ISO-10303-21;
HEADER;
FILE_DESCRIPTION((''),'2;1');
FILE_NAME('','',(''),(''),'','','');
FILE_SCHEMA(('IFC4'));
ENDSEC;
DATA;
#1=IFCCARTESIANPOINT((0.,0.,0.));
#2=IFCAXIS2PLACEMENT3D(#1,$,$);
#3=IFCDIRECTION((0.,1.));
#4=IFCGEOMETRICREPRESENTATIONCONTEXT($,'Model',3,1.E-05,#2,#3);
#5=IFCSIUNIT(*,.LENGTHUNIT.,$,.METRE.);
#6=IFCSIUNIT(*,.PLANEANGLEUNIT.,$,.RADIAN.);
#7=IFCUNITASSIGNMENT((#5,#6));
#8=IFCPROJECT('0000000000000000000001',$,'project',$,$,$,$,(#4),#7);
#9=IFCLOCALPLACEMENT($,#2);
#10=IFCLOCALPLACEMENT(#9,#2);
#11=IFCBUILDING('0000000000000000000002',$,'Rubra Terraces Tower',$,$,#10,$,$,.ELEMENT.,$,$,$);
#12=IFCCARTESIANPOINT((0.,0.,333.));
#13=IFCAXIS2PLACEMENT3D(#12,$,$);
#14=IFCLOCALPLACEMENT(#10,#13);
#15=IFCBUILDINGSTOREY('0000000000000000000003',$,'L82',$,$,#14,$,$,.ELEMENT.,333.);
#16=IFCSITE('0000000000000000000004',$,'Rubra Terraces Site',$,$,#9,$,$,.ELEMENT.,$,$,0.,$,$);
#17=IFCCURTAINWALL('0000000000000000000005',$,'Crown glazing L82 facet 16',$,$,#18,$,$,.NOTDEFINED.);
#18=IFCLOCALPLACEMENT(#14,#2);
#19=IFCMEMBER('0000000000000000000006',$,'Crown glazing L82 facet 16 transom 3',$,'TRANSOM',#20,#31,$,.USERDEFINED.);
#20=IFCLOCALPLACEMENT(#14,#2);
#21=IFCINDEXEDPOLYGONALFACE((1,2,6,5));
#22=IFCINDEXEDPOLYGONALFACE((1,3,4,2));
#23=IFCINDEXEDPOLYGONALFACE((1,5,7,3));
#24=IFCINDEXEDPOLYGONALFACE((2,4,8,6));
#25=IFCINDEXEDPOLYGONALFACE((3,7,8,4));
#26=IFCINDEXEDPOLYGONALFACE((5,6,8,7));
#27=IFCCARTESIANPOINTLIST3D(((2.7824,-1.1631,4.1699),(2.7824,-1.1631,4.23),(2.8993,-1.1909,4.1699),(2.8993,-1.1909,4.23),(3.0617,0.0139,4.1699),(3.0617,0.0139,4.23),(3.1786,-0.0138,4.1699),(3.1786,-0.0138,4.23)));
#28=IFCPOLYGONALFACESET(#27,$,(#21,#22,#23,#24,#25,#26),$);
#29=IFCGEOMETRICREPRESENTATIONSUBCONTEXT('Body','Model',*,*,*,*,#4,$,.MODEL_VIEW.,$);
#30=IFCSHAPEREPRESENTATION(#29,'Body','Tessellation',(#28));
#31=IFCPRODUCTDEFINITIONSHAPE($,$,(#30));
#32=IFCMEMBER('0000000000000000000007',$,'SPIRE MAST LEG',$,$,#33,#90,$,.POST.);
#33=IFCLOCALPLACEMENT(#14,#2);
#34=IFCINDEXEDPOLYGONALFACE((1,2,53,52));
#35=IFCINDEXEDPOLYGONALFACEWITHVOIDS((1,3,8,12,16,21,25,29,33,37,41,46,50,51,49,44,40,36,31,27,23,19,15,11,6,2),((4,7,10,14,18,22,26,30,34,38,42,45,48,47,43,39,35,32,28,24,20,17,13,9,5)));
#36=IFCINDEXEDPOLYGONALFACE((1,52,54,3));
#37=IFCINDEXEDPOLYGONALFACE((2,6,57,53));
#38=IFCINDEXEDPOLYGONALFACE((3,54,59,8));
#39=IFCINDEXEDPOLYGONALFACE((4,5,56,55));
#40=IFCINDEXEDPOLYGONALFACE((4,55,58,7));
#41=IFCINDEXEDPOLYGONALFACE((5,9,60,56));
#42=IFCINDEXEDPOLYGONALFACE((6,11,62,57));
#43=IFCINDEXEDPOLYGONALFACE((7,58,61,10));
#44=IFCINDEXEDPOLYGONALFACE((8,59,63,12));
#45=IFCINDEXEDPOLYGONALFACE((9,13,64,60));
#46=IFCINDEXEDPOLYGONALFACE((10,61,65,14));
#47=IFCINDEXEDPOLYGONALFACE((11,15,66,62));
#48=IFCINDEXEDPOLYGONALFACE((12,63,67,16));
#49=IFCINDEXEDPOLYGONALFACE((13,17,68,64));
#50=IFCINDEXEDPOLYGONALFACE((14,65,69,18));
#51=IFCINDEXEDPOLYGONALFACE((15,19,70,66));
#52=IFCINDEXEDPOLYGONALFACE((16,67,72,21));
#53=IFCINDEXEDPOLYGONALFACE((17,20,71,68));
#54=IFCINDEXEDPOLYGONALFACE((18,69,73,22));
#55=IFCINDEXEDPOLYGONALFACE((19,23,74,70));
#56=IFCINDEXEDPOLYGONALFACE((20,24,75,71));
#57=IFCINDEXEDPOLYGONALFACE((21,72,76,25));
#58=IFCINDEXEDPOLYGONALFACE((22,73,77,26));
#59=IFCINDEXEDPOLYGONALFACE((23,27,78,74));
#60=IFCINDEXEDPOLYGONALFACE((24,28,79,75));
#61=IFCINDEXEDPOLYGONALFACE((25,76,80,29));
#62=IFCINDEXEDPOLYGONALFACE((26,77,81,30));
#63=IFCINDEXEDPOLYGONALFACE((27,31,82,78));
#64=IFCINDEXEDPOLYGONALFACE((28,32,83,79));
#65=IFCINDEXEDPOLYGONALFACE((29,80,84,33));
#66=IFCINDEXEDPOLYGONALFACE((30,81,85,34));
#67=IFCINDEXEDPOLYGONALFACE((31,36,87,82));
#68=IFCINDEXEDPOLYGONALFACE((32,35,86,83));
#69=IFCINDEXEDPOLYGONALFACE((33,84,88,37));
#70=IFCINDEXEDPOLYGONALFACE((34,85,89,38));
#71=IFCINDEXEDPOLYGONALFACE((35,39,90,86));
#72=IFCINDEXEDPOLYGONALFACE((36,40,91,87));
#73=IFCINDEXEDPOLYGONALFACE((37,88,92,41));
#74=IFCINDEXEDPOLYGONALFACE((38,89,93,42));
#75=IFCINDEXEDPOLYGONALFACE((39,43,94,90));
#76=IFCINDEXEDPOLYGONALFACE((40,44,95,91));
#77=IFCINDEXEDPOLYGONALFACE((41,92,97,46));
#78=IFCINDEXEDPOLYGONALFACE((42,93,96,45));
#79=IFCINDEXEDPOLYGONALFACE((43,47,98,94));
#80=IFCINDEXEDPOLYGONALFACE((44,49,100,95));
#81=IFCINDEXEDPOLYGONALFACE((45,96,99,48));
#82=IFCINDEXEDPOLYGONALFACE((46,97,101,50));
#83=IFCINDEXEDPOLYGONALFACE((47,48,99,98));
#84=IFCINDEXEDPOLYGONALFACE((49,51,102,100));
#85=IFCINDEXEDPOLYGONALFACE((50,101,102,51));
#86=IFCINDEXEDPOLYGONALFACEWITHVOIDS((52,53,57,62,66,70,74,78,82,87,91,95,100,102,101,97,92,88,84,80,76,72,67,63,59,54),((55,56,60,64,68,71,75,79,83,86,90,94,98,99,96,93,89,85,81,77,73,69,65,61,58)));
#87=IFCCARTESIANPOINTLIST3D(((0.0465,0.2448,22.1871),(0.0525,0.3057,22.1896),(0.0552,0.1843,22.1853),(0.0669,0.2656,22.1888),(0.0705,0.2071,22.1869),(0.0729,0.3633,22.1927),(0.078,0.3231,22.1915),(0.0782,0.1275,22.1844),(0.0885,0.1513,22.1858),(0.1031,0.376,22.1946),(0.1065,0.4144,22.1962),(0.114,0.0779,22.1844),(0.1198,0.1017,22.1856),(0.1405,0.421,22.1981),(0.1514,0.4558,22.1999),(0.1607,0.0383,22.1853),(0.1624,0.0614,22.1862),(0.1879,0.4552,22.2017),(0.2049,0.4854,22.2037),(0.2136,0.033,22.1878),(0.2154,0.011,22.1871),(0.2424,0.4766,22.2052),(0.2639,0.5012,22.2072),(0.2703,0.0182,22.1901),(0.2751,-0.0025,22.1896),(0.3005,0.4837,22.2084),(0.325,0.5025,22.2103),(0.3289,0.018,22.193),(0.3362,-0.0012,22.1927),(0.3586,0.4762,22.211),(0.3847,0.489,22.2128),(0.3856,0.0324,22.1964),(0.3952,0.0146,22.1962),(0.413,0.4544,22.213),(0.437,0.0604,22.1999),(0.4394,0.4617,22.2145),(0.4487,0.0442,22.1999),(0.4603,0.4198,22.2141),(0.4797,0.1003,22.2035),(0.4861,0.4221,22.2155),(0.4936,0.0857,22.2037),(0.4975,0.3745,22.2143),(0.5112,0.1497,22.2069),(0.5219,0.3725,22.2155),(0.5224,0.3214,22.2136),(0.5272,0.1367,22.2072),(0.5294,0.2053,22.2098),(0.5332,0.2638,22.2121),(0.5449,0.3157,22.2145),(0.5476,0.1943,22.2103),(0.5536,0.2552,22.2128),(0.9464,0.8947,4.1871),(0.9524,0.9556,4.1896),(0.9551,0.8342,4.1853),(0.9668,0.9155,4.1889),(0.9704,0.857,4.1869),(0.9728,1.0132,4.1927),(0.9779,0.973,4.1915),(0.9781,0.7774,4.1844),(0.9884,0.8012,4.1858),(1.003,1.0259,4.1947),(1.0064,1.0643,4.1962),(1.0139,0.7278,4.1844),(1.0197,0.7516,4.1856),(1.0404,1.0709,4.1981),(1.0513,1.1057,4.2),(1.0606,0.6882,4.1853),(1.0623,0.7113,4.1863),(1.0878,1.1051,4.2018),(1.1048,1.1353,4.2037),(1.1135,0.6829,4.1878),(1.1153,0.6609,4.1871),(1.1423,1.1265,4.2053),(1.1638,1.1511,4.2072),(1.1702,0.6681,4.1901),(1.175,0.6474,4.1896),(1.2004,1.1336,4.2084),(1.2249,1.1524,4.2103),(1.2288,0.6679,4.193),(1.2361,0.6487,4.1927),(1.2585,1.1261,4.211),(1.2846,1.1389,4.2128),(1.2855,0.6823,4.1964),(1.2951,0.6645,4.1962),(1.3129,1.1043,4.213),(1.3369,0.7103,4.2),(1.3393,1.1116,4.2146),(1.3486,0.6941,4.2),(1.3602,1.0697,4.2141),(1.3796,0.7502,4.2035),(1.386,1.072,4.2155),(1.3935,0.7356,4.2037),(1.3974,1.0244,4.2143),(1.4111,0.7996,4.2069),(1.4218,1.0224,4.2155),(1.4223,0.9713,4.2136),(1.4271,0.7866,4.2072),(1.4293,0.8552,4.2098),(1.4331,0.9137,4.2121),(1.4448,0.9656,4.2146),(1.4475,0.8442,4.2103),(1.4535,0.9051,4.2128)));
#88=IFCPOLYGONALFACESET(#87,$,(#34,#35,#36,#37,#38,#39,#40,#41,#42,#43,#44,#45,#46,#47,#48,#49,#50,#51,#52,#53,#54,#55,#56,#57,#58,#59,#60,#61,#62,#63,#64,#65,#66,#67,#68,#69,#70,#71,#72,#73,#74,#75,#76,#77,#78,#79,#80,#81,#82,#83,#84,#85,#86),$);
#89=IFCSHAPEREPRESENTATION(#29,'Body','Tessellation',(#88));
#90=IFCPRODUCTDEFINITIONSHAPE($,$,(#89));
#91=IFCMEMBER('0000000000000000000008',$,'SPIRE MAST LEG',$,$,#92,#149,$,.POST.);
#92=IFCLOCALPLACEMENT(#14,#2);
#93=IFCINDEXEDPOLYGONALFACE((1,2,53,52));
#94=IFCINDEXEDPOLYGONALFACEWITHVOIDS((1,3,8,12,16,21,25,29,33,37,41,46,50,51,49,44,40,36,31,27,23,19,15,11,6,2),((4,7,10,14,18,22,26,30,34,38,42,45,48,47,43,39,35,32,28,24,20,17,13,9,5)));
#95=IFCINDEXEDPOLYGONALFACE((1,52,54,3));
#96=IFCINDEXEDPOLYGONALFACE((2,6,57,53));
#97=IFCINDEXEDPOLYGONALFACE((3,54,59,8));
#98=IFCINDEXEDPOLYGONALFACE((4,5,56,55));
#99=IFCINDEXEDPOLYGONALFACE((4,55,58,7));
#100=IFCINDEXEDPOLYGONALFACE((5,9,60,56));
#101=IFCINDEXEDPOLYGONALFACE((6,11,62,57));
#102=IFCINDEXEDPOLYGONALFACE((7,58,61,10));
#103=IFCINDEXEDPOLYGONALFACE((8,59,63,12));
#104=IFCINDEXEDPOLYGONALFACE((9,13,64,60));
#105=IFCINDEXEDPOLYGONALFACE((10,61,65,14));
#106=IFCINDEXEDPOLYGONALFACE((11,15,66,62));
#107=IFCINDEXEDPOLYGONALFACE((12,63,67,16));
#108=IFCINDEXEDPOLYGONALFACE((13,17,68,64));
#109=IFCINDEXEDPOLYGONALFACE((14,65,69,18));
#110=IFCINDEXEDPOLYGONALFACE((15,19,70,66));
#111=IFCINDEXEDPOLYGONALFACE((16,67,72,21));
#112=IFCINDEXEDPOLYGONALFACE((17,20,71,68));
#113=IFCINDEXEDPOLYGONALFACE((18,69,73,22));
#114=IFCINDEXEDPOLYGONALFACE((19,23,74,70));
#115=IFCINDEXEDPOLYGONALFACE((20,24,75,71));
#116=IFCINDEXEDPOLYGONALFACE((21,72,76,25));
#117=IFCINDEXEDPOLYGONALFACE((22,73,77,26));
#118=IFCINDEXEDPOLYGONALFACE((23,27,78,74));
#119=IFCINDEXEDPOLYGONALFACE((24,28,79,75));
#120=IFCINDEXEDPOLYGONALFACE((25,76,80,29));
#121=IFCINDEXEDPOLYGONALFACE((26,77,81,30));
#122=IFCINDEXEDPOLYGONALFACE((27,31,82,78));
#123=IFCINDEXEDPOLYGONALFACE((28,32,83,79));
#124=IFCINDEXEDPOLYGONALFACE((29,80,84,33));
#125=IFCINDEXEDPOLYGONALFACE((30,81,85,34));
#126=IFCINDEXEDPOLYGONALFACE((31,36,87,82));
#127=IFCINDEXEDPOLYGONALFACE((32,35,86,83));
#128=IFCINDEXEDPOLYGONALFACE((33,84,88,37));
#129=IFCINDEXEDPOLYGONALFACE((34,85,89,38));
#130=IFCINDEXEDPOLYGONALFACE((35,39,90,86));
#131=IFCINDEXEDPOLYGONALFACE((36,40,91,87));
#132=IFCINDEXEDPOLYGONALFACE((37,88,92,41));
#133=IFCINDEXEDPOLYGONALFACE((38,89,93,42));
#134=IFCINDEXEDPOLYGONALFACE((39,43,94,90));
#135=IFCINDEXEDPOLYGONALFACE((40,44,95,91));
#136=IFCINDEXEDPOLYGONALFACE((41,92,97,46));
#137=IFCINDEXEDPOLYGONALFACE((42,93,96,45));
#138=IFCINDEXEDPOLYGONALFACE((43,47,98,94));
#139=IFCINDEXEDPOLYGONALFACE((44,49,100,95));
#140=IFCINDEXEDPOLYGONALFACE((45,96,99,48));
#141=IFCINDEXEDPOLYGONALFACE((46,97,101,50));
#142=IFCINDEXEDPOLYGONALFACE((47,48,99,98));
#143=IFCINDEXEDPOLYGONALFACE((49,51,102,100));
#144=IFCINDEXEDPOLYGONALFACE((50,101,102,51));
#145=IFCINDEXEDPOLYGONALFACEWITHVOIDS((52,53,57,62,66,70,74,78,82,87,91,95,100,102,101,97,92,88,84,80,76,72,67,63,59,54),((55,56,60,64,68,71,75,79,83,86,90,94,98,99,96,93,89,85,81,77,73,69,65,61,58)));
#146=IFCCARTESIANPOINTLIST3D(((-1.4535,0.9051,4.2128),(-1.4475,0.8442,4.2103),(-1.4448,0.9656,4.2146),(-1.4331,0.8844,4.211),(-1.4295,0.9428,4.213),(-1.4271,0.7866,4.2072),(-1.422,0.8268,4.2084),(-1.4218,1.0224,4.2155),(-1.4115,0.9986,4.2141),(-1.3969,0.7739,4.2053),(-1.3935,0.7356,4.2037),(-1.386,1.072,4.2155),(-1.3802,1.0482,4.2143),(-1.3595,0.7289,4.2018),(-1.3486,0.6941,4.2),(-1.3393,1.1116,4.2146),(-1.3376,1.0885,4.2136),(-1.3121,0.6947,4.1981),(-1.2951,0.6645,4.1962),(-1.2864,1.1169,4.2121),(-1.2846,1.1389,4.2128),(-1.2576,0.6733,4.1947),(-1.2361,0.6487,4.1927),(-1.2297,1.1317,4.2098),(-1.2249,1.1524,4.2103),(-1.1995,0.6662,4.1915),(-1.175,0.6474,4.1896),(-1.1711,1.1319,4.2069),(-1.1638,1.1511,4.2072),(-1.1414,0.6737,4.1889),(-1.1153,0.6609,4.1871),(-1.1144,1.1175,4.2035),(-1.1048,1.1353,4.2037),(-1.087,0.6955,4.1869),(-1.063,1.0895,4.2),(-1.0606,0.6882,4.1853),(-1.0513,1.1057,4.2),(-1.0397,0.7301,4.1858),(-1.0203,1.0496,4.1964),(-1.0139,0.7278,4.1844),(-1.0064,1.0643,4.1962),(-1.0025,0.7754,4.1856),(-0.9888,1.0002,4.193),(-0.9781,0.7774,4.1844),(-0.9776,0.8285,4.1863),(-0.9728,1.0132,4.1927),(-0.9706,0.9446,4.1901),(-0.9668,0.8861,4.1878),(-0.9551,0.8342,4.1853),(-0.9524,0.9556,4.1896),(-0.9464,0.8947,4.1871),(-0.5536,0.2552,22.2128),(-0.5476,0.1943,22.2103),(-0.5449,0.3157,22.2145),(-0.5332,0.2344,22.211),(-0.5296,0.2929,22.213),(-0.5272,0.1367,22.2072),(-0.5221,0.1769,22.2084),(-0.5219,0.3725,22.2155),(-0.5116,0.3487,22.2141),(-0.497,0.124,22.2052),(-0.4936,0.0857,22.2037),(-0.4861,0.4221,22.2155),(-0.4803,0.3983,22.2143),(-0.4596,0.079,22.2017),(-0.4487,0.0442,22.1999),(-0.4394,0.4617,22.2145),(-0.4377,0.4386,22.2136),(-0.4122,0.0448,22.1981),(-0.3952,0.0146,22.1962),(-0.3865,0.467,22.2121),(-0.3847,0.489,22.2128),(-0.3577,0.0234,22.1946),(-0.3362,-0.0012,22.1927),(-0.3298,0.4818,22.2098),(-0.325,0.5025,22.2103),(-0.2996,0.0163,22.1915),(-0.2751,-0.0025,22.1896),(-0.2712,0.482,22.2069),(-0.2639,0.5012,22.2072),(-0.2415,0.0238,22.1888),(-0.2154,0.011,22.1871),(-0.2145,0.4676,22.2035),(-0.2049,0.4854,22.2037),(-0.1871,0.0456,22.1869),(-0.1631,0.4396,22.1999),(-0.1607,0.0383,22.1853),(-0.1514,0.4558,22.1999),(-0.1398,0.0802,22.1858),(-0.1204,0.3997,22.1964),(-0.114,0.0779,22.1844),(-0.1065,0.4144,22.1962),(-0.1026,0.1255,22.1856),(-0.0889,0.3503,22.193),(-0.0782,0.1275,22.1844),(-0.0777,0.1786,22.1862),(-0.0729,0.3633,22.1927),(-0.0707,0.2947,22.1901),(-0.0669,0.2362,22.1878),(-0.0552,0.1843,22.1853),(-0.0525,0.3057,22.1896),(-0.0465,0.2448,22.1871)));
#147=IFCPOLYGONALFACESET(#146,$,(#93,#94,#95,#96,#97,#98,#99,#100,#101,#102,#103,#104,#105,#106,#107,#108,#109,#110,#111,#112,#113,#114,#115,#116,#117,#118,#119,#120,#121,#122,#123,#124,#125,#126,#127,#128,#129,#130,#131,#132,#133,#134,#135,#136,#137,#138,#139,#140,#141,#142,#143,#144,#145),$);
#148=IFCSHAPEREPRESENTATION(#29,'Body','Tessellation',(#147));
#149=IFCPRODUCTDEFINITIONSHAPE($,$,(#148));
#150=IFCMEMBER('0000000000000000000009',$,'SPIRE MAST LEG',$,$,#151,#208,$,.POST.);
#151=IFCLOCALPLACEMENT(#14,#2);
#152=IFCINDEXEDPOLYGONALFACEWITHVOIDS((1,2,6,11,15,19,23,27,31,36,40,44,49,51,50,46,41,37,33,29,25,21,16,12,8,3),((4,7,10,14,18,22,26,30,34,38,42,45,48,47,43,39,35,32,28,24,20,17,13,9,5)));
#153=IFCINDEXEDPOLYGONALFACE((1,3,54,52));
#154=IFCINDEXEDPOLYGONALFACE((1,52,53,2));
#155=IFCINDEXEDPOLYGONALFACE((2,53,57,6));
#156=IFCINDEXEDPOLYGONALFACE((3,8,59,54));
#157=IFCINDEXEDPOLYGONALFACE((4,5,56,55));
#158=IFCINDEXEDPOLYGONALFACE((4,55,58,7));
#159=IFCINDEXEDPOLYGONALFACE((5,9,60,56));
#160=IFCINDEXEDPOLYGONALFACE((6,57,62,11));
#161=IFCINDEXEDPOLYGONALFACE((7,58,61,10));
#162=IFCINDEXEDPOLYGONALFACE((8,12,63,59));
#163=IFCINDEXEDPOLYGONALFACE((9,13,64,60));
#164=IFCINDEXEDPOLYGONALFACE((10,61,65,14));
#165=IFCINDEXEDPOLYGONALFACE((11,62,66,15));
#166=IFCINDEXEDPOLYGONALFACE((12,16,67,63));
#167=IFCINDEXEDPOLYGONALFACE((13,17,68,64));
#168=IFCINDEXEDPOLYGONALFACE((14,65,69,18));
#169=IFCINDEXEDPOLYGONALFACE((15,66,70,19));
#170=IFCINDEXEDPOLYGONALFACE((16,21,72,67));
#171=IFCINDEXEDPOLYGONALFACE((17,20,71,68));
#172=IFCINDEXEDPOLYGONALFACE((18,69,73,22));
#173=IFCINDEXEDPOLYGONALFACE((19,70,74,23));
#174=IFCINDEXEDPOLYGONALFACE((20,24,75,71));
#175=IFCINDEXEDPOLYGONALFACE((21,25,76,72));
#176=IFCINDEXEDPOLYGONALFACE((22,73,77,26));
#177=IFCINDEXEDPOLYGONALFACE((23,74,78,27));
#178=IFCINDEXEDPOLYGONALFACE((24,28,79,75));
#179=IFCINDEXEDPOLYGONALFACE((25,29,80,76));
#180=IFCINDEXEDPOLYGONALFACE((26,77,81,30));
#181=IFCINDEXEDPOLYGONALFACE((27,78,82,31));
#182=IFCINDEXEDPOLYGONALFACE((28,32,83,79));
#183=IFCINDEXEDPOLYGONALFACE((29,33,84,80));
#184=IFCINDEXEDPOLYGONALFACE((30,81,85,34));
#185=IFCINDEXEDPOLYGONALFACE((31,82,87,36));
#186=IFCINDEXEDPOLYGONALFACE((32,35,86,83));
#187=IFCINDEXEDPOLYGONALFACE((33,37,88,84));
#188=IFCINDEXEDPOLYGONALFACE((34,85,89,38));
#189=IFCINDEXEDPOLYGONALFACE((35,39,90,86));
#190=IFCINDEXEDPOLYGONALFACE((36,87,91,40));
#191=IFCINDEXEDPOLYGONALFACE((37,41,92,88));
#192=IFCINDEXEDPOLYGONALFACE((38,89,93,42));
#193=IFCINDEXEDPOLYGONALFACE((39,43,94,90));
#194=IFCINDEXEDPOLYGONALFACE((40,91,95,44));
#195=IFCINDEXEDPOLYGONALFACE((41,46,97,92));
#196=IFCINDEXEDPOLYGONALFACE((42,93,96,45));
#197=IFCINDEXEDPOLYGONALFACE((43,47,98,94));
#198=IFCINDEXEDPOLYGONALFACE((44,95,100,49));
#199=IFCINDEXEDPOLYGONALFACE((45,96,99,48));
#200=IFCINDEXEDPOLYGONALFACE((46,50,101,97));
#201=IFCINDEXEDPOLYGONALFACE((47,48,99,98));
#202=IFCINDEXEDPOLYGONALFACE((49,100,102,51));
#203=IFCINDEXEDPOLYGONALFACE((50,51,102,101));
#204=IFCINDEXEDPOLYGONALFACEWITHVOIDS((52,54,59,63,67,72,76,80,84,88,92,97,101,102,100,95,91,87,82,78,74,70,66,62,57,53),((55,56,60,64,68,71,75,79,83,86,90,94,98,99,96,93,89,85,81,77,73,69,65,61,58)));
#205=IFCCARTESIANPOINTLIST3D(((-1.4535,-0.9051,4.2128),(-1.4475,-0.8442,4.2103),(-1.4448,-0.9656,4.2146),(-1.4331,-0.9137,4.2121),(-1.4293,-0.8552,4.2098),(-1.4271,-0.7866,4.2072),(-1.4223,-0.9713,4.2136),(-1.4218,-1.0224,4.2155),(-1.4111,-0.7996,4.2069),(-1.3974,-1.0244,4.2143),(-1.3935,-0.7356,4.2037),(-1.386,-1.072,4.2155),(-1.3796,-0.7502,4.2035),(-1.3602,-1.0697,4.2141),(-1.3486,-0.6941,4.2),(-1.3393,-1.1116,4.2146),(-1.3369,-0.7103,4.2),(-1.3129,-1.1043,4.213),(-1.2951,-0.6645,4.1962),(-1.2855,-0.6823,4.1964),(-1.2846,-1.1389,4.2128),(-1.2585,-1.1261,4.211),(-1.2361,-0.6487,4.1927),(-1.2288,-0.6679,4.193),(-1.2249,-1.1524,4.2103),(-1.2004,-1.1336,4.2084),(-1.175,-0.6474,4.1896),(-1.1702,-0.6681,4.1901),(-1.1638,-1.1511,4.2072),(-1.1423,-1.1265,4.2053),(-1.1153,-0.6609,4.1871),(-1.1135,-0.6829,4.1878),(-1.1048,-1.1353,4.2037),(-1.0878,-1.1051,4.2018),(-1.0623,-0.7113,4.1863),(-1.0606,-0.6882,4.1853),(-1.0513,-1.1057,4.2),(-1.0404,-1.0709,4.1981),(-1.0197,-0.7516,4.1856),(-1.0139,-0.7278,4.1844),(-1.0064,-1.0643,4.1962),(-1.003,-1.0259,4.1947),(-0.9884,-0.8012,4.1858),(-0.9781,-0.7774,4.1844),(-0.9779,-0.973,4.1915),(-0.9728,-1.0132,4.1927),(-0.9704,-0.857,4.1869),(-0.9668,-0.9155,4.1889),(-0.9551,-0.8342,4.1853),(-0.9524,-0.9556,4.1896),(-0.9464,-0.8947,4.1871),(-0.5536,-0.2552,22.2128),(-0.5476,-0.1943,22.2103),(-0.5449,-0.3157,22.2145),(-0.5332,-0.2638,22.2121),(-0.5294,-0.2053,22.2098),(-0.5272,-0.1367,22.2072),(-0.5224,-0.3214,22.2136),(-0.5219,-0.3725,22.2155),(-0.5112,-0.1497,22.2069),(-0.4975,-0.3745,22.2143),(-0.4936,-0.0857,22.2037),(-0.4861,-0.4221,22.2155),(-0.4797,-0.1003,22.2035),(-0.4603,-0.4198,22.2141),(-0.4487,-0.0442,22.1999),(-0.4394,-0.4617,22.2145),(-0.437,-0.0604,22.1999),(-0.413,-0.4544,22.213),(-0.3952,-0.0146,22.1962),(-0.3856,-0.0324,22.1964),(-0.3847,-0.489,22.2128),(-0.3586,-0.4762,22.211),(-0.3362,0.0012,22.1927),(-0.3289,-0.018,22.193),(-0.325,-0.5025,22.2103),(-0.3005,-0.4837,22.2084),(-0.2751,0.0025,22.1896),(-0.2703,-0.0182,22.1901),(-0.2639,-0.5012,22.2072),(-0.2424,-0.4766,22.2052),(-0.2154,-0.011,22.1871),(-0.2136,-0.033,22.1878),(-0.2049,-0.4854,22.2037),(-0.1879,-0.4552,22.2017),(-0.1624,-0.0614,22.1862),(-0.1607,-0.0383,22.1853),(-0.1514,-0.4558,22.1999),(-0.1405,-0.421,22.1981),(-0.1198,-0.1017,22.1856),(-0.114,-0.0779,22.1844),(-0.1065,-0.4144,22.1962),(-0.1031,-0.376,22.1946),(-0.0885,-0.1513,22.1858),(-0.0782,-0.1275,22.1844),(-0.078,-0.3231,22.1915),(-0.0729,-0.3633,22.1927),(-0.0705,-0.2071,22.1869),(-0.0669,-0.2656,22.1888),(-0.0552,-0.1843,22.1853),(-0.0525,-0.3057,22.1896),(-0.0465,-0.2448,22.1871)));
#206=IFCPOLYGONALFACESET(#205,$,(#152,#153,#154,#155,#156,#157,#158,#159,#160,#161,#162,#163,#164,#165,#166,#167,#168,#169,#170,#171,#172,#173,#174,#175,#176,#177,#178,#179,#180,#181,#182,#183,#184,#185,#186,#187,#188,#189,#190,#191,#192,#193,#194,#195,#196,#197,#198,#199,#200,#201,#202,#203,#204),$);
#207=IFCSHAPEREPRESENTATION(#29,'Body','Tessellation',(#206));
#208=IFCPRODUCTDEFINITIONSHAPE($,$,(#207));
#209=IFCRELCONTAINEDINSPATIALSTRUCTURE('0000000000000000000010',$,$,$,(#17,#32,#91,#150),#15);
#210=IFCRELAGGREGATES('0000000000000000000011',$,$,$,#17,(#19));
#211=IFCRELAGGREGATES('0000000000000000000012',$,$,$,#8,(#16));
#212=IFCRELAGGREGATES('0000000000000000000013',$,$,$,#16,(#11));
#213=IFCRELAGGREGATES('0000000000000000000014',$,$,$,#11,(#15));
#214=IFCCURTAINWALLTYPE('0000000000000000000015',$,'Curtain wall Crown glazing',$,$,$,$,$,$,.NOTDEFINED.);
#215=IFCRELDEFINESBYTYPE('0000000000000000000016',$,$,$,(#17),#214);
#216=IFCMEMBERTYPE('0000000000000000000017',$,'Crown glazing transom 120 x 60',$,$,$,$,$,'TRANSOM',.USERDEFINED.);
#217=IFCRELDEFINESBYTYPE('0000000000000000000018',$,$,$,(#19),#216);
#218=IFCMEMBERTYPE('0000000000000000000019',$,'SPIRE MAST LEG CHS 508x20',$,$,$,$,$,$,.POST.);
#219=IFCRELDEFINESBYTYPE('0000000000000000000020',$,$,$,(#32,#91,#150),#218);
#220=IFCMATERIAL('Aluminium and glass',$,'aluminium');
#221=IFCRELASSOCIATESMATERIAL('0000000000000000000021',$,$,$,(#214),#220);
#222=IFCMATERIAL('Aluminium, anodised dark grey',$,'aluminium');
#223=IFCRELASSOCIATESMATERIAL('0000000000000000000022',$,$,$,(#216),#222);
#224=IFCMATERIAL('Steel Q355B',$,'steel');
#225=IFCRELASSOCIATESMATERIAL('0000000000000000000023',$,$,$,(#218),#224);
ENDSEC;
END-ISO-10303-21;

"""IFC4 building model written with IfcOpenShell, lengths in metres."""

from ifc_helpers import new_model, si_unit, direction, frame, origin, origin_2d, place, context, subcontext, project, spatial, rectangle, hollow_circle, extrude, material, material_profile, profile_set, type_object, element, aggregate, save


model = new_model("IFC4")

# Units and contexts
model_context = context("Model", 3, precision=1e-05, world=origin(), true_north=direction((0.0, 1.0)))
body_context = subcontext(model_context, "Body", "Model", "MODEL_VIEW")
ifc_project = project(units=[si_unit("LENGTHUNIT", "METRE"), si_unit("PLANEANGLEUNIT", "RADIAN")], contexts=[model_context])

# Site, building, storey
site_placement = place(None, origin())
site = spatial("IfcSite", under=ifc_project, at=site_placement, Name="Rubra Terraces Site", CompositionType="ELEMENT", RefElevation=0.0)
building_placement = place(site_placement, origin())
building = spatial("IfcBuilding", under=site, at=building_placement, Name="Rubra Terraces Tower", CompositionType="ELEMENT")
storey_placement = place(building_placement, frame((0.0, 0.0, 333.0)))
storey = spatial("IfcBuildingStorey", under=building, at=storey_placement, Name="L82", CompositionType="ELEMENT", Elevation=333.0)

# Curtain wall, member
ifc_material_1 = material(Name="Aluminium and glass", Category="aluminium")
curtain_wall_type = type_object("IfcCurtainWallType", Name="Curtain wall Crown glazing", PredefinedType="NOTDEFINED", material=ifc_material_1)
ifc_material_2 = material(Name="Aluminium, anodised dark grey", Category="aluminium")
ifc_material_profile_1 = material_profile(ifc_material_2, rectangle(XDim=0.1201, YDim=0.0601, at=origin_2d()), Name="AL 120x60")
ifc_profile_set_1 = profile_set([ifc_material_profile_1], Name="Aluminium, anodised dark grey")
member_type_1 = type_object("IfcMemberType", Name="Crown glazing transom 120 x 60", ElementType="TRANSOM", PredefinedType="USERDEFINED", material=ifc_profile_set_1)
curtain_wall_1_placement = place(storey_placement, origin())
curtain_wall_1 = element("IfcCurtainWall", 1, at=curtain_wall_1_placement, inside=storey, type_object=curtain_wall_type, Name="Crown glazing L82 facet 16", PredefinedType="NOTDEFINED")
member_1_placement = place(storey_placement, frame((2.8408, -1.177, 4.2), z_axis=(0.230884, 0.972981, 0.0), x_axis=(-0.972981, 0.230884, 0.0)))
member_1 = element("IfcMember", 2, at=member_1_placement, type_object=member_type_1, Name="Crown glazing L82 facet 16 transom 3", ObjectType="TRANSOM", PredefinedType="USERDEFINED", context=body_context, shape_type="SweptSolid", body=[
    extrude(rectangle(XDim=0.1201, YDim=0.0601, at=origin_2d()), origin(), (0.0, 0.0, 1.0), 1.2097),
])
aggregate(curtain_wall_1, [member_1])

# Members
ifc_material_3 = material(Name="Steel Q355B", Category="steel")
ifc_material_profile_2 = material_profile(ifc_material_3, hollow_circle(Radius=0.2539, WallThickness=0.02, at=origin_2d()), Name="CHS 508x20")
ifc_profile_set_2 = profile_set([ifc_material_profile_2], Name="Steel Q355B")
member_type_2 = type_object("IfcMemberType", Name="SPIRE MAST LEG CHS 508x20", PredefinedType="POST", material=ifc_profile_set_2)
for number, where, z_axis, x_axis, name in (
    (3, (1.2, 0.8999, 4.2), (-0.0499, -0.036037, 0.998104), (0.585474, -0.810691, 0.0), "SPIRE MAST LEG"),
    (4, (-1.2, 0.8999, 4.2), (0.0499, -0.036037, 0.998104), (0.585474, 0.810691, 0.0), "SPIRE MAST LEG"),
    (5, (-1.2, -0.8999, 4.2), (0.0499, 0.036037, 0.998104), (-0.585474, 0.810691, 0.0), "SPIRE MAST LEG"),
):
    element("IfcMember", number, at=place(storey_placement, frame(where, z_axis=z_axis, x_axis=x_axis)), inside=storey, type_object=member_type_2, Name=name, PredefinedType="POST", context=body_context, shape_type="SweptSolid", body=[
        extrude(hollow_circle(Radius=0.2539, WallThickness=0.02, at=origin_2d()), origin(), (0.0, 0.0, 1.0), 18.0342),
    ])

save(model, "model.ifc")
